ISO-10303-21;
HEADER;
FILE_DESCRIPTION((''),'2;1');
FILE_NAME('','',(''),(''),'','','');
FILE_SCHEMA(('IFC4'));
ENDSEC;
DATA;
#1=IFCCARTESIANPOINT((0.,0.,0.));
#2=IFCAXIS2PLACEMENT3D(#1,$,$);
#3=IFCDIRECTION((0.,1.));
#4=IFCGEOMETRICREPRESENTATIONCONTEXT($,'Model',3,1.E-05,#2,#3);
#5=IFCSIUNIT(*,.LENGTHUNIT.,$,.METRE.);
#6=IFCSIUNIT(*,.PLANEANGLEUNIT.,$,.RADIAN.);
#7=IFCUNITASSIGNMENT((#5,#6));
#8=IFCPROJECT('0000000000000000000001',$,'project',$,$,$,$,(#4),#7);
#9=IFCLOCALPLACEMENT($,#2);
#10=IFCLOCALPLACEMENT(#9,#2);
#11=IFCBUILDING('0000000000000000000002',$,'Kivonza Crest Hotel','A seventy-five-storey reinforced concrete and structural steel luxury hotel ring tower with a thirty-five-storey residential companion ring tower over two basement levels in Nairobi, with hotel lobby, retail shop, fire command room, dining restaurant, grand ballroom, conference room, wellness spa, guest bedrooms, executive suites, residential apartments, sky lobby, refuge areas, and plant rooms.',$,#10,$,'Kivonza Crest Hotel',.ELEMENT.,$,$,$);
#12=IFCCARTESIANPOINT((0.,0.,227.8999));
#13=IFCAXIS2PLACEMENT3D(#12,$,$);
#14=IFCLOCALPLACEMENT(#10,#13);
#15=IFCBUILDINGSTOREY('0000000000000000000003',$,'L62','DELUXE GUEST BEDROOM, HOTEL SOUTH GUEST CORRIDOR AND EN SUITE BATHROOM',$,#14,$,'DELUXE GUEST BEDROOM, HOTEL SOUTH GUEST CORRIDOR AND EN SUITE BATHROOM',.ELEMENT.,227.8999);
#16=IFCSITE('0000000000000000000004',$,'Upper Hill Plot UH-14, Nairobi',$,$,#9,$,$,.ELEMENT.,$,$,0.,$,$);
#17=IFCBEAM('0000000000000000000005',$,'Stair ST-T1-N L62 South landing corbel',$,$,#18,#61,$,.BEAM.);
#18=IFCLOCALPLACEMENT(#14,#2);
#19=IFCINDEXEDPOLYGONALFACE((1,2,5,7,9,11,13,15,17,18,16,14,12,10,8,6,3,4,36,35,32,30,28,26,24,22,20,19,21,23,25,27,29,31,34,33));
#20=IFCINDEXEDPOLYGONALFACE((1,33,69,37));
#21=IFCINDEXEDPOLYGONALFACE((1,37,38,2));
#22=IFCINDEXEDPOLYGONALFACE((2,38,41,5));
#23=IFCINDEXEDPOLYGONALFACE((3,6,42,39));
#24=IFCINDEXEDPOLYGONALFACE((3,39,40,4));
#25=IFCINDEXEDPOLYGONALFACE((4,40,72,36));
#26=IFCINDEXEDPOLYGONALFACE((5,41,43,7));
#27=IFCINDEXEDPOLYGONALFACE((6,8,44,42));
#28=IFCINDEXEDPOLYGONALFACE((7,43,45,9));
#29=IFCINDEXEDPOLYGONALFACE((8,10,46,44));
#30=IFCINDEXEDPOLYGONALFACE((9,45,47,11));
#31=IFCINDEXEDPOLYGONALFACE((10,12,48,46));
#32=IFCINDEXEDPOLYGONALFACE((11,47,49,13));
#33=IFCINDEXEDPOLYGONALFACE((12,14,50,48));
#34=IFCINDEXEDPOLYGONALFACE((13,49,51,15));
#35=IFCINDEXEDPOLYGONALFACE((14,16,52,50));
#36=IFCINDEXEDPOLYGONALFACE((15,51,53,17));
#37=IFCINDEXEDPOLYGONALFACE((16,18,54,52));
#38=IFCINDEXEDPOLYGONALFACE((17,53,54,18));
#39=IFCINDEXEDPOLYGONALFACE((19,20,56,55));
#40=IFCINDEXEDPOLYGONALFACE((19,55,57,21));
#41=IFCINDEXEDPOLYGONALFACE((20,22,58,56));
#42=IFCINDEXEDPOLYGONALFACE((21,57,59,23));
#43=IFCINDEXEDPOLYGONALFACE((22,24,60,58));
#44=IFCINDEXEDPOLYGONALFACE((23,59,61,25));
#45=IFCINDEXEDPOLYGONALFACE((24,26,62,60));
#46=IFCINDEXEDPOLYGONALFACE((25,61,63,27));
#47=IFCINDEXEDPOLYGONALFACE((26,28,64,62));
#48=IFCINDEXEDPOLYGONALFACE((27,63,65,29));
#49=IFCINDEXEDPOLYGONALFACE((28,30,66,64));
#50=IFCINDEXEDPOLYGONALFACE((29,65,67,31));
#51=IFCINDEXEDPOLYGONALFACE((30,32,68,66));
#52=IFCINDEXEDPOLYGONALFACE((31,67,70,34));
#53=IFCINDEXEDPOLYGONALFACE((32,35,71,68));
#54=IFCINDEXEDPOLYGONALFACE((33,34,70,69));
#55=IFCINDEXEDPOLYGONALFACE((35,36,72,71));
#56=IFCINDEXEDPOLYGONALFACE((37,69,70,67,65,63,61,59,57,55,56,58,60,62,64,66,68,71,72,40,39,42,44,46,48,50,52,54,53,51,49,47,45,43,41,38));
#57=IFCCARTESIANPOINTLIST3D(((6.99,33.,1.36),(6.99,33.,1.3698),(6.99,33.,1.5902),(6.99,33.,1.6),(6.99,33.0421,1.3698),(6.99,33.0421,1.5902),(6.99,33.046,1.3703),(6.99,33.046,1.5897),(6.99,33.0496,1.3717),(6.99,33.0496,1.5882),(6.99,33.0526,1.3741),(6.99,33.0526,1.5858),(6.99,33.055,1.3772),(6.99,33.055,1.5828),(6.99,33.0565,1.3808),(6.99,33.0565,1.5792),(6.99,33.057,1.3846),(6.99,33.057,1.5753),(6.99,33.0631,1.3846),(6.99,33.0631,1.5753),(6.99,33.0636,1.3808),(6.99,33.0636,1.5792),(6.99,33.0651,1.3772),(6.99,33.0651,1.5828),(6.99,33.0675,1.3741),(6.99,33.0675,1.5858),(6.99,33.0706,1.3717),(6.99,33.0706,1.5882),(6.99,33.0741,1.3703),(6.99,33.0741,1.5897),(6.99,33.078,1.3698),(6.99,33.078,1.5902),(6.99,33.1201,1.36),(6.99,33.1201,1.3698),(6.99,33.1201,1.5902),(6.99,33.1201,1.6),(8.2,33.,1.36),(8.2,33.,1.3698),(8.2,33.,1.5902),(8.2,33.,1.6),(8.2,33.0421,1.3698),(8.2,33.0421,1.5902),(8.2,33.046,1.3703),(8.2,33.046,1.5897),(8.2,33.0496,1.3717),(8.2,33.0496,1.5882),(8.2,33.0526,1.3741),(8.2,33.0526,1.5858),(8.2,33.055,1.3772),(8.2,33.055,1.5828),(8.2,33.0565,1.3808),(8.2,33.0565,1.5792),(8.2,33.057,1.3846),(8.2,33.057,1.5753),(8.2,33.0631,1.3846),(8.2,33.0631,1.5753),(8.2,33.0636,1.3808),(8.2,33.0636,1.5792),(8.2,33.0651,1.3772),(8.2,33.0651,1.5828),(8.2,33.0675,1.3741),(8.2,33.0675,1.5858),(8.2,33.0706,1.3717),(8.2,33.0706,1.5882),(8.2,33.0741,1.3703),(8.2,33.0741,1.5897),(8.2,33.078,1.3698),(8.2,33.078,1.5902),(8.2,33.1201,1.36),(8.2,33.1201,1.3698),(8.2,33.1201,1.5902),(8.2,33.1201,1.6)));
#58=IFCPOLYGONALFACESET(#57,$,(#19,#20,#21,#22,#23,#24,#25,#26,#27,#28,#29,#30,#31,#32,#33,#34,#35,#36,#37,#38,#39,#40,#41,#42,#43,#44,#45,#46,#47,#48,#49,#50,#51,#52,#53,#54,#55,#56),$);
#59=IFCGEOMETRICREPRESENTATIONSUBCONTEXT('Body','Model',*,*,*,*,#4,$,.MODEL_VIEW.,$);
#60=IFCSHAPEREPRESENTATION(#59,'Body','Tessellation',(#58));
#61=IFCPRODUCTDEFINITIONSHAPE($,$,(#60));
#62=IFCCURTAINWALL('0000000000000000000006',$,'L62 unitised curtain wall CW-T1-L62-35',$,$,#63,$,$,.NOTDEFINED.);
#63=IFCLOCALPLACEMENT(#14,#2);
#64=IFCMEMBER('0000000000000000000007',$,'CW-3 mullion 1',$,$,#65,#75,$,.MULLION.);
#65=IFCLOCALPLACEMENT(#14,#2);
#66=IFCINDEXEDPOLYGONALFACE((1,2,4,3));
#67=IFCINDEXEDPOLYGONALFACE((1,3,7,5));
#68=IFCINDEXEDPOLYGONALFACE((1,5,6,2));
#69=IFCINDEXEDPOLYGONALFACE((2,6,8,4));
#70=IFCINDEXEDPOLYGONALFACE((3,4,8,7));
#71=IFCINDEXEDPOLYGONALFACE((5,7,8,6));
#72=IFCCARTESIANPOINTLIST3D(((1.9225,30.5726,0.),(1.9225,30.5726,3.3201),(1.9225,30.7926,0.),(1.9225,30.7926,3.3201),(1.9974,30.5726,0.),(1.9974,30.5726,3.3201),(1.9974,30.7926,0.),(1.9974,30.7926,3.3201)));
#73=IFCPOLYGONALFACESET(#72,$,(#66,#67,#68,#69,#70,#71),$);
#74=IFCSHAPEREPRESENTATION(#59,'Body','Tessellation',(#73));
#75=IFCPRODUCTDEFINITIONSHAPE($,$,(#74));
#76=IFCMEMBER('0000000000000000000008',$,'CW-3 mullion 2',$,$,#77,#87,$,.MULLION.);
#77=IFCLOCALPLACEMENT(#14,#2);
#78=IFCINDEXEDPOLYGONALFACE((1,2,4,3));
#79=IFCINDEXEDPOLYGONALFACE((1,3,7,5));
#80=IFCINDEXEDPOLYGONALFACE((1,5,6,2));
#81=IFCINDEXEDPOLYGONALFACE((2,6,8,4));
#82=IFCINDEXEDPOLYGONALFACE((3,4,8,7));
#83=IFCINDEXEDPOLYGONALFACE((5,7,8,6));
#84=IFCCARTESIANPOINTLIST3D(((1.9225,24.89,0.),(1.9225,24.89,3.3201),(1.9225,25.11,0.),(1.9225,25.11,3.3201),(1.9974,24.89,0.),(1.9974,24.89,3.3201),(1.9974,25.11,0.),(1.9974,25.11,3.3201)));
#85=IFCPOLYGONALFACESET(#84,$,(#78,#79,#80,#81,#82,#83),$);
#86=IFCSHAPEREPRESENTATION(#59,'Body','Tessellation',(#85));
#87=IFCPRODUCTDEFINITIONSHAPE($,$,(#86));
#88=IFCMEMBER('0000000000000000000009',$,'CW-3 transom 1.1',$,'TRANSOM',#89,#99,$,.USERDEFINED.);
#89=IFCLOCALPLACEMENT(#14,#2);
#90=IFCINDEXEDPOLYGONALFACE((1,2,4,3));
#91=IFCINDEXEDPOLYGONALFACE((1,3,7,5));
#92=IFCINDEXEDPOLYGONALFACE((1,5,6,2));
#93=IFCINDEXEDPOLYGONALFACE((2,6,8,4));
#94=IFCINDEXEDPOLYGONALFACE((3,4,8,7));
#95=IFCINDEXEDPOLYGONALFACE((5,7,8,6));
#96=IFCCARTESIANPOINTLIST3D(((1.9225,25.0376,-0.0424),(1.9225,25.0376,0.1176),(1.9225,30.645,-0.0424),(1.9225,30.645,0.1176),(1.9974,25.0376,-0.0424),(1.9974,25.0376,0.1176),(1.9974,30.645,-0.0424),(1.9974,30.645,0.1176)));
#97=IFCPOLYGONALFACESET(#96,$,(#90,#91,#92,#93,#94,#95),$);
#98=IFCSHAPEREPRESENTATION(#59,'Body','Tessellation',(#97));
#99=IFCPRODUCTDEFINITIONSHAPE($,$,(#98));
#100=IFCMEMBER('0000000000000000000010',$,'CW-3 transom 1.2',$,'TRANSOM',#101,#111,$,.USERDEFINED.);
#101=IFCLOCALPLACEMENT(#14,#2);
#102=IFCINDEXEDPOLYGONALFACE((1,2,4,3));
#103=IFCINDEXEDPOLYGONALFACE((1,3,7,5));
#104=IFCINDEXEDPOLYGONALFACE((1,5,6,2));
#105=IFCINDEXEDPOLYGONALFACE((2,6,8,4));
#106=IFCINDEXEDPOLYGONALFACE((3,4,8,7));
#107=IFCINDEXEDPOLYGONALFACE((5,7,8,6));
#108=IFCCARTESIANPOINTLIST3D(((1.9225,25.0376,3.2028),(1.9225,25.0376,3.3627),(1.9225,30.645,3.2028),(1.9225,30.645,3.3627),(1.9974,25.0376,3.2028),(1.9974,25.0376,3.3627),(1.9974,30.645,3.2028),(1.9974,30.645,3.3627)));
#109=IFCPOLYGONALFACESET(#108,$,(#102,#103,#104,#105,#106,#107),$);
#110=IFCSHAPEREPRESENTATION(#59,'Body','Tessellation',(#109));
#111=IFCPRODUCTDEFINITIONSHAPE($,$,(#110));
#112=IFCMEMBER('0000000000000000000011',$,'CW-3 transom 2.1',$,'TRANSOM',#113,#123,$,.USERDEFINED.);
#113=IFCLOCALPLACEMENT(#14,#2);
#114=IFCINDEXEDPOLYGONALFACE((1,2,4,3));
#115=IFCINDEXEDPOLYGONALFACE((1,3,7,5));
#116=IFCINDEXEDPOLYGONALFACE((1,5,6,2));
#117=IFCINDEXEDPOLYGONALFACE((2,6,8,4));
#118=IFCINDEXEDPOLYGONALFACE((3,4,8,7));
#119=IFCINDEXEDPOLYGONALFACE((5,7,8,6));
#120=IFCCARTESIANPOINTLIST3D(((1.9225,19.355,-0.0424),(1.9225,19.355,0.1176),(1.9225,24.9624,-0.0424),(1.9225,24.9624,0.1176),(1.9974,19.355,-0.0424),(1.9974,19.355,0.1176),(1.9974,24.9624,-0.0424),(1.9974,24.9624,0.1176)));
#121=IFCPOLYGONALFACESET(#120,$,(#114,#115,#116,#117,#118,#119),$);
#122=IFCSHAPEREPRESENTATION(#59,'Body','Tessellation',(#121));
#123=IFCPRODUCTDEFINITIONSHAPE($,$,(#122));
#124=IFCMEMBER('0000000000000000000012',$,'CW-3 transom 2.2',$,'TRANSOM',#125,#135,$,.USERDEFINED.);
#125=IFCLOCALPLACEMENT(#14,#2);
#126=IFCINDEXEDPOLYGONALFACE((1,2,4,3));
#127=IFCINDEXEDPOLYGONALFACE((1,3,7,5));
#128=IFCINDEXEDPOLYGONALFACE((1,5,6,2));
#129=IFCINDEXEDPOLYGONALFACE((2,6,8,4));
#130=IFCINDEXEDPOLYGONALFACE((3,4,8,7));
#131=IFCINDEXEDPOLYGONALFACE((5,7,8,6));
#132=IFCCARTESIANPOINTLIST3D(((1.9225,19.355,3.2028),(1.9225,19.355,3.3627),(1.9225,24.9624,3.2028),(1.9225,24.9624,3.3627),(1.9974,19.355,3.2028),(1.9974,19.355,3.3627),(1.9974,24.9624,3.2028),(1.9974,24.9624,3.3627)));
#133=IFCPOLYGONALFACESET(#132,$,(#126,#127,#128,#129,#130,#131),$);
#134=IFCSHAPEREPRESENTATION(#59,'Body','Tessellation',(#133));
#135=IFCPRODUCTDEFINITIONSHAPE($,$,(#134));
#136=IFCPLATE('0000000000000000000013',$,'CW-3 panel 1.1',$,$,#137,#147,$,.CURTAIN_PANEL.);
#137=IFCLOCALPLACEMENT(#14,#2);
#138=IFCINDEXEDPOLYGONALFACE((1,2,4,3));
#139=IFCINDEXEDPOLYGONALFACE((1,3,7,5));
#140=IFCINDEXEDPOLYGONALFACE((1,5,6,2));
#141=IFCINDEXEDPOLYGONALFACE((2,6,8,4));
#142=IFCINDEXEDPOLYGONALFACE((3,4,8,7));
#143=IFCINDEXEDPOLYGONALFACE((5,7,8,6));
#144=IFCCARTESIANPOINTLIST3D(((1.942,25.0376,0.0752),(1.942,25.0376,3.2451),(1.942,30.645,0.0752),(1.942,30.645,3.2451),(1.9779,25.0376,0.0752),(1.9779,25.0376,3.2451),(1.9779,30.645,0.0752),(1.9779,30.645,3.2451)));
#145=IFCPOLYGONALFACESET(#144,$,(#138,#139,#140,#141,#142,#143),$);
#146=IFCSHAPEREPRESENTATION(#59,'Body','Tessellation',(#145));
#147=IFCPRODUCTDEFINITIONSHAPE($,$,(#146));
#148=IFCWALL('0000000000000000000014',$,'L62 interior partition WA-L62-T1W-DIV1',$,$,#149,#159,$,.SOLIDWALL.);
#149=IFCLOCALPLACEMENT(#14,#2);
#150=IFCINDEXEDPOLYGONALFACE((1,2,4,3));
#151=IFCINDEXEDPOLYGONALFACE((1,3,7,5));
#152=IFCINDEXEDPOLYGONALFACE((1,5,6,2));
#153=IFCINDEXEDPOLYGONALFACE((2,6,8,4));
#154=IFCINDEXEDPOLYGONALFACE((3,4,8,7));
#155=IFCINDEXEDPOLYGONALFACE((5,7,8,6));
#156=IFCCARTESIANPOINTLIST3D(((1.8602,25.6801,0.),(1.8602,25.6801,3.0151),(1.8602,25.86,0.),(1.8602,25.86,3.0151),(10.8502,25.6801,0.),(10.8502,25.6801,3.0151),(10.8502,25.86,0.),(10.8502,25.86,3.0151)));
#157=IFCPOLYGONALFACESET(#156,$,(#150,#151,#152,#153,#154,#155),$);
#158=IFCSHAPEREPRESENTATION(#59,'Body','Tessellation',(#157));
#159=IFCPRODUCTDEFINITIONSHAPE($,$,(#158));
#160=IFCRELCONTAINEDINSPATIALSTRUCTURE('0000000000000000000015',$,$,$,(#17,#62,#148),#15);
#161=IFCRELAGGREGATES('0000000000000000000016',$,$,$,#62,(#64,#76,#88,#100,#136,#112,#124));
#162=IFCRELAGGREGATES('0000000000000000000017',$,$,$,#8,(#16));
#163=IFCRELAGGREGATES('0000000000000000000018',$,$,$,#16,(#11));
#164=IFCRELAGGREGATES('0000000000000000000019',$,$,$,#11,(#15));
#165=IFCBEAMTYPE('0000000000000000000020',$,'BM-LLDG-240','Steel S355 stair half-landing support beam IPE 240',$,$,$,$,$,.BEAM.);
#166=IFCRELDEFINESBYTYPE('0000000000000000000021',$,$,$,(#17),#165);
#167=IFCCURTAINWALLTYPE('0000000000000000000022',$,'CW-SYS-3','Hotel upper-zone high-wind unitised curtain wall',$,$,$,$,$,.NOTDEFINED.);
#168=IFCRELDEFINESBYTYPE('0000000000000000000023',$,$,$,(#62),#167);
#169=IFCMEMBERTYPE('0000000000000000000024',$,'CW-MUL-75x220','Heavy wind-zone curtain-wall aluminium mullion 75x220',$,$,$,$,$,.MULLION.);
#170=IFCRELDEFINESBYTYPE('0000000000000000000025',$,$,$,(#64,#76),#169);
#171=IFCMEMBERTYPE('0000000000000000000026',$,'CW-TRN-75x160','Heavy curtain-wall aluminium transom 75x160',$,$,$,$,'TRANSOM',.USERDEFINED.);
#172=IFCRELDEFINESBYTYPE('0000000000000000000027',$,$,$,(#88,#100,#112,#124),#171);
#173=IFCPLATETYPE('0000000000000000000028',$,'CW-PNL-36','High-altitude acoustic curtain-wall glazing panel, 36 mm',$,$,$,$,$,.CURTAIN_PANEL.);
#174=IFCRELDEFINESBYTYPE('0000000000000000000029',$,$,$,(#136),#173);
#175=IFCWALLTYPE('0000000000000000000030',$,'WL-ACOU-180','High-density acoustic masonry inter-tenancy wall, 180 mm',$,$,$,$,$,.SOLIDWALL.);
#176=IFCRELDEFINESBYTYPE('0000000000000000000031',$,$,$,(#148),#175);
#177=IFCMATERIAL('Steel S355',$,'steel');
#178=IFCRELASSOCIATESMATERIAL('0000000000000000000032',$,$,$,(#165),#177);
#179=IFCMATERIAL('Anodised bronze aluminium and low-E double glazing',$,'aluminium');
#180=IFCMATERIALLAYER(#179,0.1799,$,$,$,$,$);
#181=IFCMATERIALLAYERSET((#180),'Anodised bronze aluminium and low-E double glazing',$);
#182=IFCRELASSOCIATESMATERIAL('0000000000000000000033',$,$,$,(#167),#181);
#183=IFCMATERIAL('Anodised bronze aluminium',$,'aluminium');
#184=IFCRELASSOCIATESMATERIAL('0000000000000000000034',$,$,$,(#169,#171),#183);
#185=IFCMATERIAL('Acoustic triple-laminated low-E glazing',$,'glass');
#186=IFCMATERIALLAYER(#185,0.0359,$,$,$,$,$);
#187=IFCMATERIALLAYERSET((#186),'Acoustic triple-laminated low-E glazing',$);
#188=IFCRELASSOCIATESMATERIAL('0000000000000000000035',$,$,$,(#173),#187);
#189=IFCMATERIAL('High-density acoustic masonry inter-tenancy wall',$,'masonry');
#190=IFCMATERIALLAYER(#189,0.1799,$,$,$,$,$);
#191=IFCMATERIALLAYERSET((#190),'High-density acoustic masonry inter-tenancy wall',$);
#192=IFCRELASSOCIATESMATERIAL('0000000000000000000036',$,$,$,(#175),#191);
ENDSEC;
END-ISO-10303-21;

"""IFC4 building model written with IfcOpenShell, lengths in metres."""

from ifc_helpers import new_model, si_unit, direction, frame, frame_2d, origin, origin_2d, place, context, subcontext, project, spatial, rectangle, i_section, extrude, material, layer, layer_set, material_profile, profile_set, type_object, element, aggregate, save


model = new_model("IFC4")

# Units and contexts
model_context = context("Model", 3, precision=1e-05, world=origin(), true_north=direction((0.0, 1.0)))
body_context = subcontext(model_context, "Body", "Model", "MODEL_VIEW")
ifc_project = project(units=[si_unit("LENGTHUNIT", "METRE"), si_unit("PLANEANGLEUNIT", "RADIAN")], contexts=[model_context])

# Site, building, storey
site_placement = place(None, origin())
site = spatial("IfcSite", under=ifc_project, at=site_placement, Name="Upper Hill Plot UH-14, Nairobi", CompositionType="ELEMENT", RefElevation=0.0)
building_placement = place(site_placement, origin())
building = spatial("IfcBuilding", under=site, at=building_placement, Name="Kivonza Crest Hotel", Description="A seventy-five-storey reinforced concrete and structural steel luxury hotel ring tower with a thirty-five-storey residential companion ring tower over two basement levels in Nairobi, with hotel lobby, retail shop, fire command room, dining restaurant, grand ballroom, conference room, wellness spa, guest bedrooms, executive suites, residential apartments, sky lobby, refuge areas, and plant rooms.", LongName="Kivonza Crest Hotel", CompositionType="ELEMENT")
storey_placement = place(building_placement, frame((0.0, 0.0, 227.8999)))
storey = spatial("IfcBuildingStorey", under=building, at=storey_placement, Name="L62", Description="DELUXE GUEST BEDROOM, HOTEL SOUTH GUEST CORRIDOR AND EN SUITE BATHROOM", LongName="DELUXE GUEST BEDROOM, HOTEL SOUTH GUEST CORRIDOR AND EN SUITE BATHROOM", CompositionType="ELEMENT", Elevation=227.8999)

# Beam
ifc_material_1 = material(Name="Steel S355", Category="steel")
ifc_material_profile_1 = material_profile(ifc_material_1, i_section(OverallWidth=0.1201, OverallDepth=0.24, WebThickness=0.0061, FlangeThickness=0.0098, FilletRadius=0.0149, at=origin_2d()), Name="IPE 240")
ifc_profile_set_1 = profile_set([ifc_material_profile_1], Name="Steel S355")
beam_type_1 = type_object("IfcBeamType", Name="BM-LLDG-240", Description="Steel S355 stair half-landing support beam IPE 240", PredefinedType="BEAM", material=ifc_profile_set_1)
beam_1_placement = place(storey_placement, frame((6.99, 33.0601, 1.48), z_axis=(1.0, 0.0, 0.0), x_axis=(0.0, 1.0, 0.0)))
element("IfcBeam", 1, at=beam_1_placement, inside=storey, type_object=beam_type_1, Name="Stair ST-T1-N L62 South landing corbel", PredefinedType="BEAM", context=body_context, shape_type="SweptSolid", body=[
    extrude(i_section(OverallWidth=0.1201, OverallDepth=0.24, WebThickness=0.0061, FlangeThickness=0.0098, FilletRadius=0.0149, at=origin_2d()), origin(), (0.0, 0.0, 1.0), 1.21),
])

# Curtain wall, members, plate
ifc_material_2 = material(Name="Anodised bronze aluminium and low-E double glazing", Category="aluminium")
ifc_layer_1 = layer(ifc_material_2, 0.1799)
ifc_layer_set_1 = layer_set([ifc_layer_1], Name="Anodised bronze aluminium and low-E double glazing")
curtain_wall_type = type_object("IfcCurtainWallType", Name="CW-SYS-3", Description="Hotel upper-zone high-wind unitised curtain wall", PredefinedType="NOTDEFINED", material=ifc_layer_set_1)
curtain_wall_placement = place(storey_placement, origin())
curtain_wall = element("IfcCurtainWall", 2, at=curtain_wall_placement, inside=storey, type_object=curtain_wall_type, Name="L62 unitised curtain wall CW-T1-L62-35", PredefinedType="NOTDEFINED")
ifc_material_3 = material(Name="Anodised bronze aluminium", Category="aluminium")
ifc_material_profile_2 = material_profile(ifc_material_3, rectangle(XDim=0.075, YDim=0.22, at=origin_2d()), Name="CW-M 75x220")
ifc_profile_set_2 = profile_set([ifc_material_profile_2], Name="Anodised bronze aluminium")
member_type_1 = type_object("IfcMemberType", Name="CW-MUL-75x220", Description="Heavy wind-zone curtain-wall aluminium mullion 75x220", PredefinedType="MULLION", material=ifc_profile_set_2)
member_1_placement = place(storey_placement, frame((1.96, 30.6826, 0.0), z_axis=(0.0, 0.0, 1.0), x_axis=(1.0, 0.0, 0.0)))
member_1 = element("IfcMember", 3, at=member_1_placement, type_object=member_type_1, Name="CW-3 mullion 1", PredefinedType="MULLION", context=body_context, shape_type="SweptSolid", body=[
    extrude(rectangle(XDim=0.075, YDim=0.22, at=origin_2d()), origin(), (0.0, 0.0, 1.0), 3.3201),
])
member_2_placement = place(storey_placement, frame((1.96, 25.0, 0.0), z_axis=(0.0, 0.0, 1.0), x_axis=(1.0, 0.0, 0.0)))
member_2 = element("IfcMember", 4, at=member_2_placement, type_object=member_type_1, Name="CW-3 mullion 2", PredefinedType="MULLION", context=body_context, shape_type="SweptSolid", body=[
    extrude(rectangle(XDim=0.075, YDim=0.22, at=origin_2d()), origin(), (0.0, 0.0, 1.0), 3.3201),
])
ifc_material_profile_3 = material_profile(ifc_material_3, rectangle(XDim=0.075, YDim=0.1599, at=origin_2d()), Name="CW-T 75x160")
ifc_profile_set_3 = profile_set([ifc_material_profile_3], Name="Anodised bronze aluminium")
member_type_2 = type_object("IfcMemberType", Name="CW-TRN-75x160", Description="Heavy curtain-wall aluminium transom 75x160", ElementType="TRANSOM", PredefinedType="USERDEFINED", material=ifc_profile_set_3)
member_3_placement = place(storey_placement, frame((1.96, 30.645, 0.0376), z_axis=(0.0, -1.0, 0.0), x_axis=(1.0, 0.0, 0.0)))
member_3 = element("IfcMember", 5, at=member_3_placement, type_object=member_type_2, Name="CW-3 transom 1.1", ObjectType="TRANSOM", PredefinedType="USERDEFINED", context=body_context, shape_type="SweptSolid", body=[
    extrude(rectangle(XDim=0.075, YDim=0.1599, at=origin_2d()), origin(), (0.0, 0.0, 1.0), 5.6074),
])
member_4_placement = place(storey_placement, frame((1.96, 30.645, 3.2827), z_axis=(0.0, -1.0, 0.0), x_axis=(1.0, 0.0, 0.0)))
member_4 = element("IfcMember", 6, at=member_4_placement, type_object=member_type_2, Name="CW-3 transom 1.2", ObjectType="TRANSOM", PredefinedType="USERDEFINED", context=body_context, shape_type="SweptSolid", body=[
    extrude(rectangle(XDim=0.075, YDim=0.1599, at=origin_2d()), origin(), (0.0, 0.0, 1.0), 5.6074),
])
member_5_placement = place(storey_placement, frame((1.96, 24.9624, 0.0376), z_axis=(0.0, -1.0, 0.0), x_axis=(1.0, 0.0, 0.0)))
member_5 = element("IfcMember", 7, at=member_5_placement, type_object=member_type_2, Name="CW-3 transom 2.1", ObjectType="TRANSOM", PredefinedType="USERDEFINED", context=body_context, shape_type="SweptSolid", body=[
    extrude(rectangle(XDim=0.075, YDim=0.1599, at=origin_2d()), origin(), (0.0, 0.0, 1.0), 5.6074),
])
member_6_placement = place(storey_placement, frame((1.96, 24.9624, 3.2827), z_axis=(0.0, -1.0, 0.0), x_axis=(1.0, 0.0, 0.0)))
member_6 = element("IfcMember", 8, at=member_6_placement, type_object=member_type_2, Name="CW-3 transom 2.2", ObjectType="TRANSOM", PredefinedType="USERDEFINED", context=body_context, shape_type="SweptSolid", body=[
    extrude(rectangle(XDim=0.075, YDim=0.1599, at=origin_2d()), origin(), (0.0, 0.0, 1.0), 5.6074),
])
ifc_material_4 = material(Name="Acoustic triple-laminated low-E glazing", Category="glass")
ifc_layer_2 = layer(ifc_material_4, 0.0359)
ifc_layer_set_2 = layer_set([ifc_layer_2], Name="Acoustic triple-laminated low-E glazing")
plate_type = type_object("IfcPlateType", Name="CW-PNL-36", Description="High-altitude acoustic curtain-wall glazing panel, 36 mm", PredefinedType="CURTAIN_PANEL", material=ifc_layer_set_2)
plate_placement = place(storey_placement, frame((1.96, 27.8413, 0.0752), z_axis=(0.0, 0.0, 1.0), x_axis=(0.0, -1.0, 0.0)))
plate = element("IfcPlate", 9, at=plate_placement, type_object=plate_type, Name="CW-3 panel 1.1", PredefinedType="CURTAIN_PANEL", context=body_context, shape_type="SweptSolid", body=[
    extrude(rectangle(XDim=5.6074, YDim=0.0359, at=origin_2d()), origin(), (0.0, 0.0, 1.0), 3.1699),
])
aggregate(curtain_wall, [member_1, member_2, member_3, member_4, plate, member_5, member_6])

# Wall
ifc_material_5 = material(Name="High-density acoustic masonry inter-tenancy wall", Category="masonry")
ifc_layer_3 = layer(ifc_material_5, 0.1799)
ifc_layer_set_3 = layer_set([ifc_layer_3], Name="High-density acoustic masonry inter-tenancy wall")
wall_type_1 = type_object("IfcWallType", Name="WL-ACOU-180", Description="High-density acoustic masonry inter-tenancy wall, 180 mm", PredefinedType="SOLIDWALL", material=ifc_layer_set_3)
wall_1_placement = place(storey_placement, frame((1.8601, 25.77, 0.0), z_axis=(0.0, 0.0, 1.0), x_axis=(1.0, 0.0, 0.0)))
element("IfcWall", 10, at=wall_1_placement, inside=storey, type_object=wall_type_1, Name="L62 interior partition WA-L62-T1W-DIV1", PredefinedType="SOLIDWALL", context=body_context, shape_type="SweptSolid", body=[
    extrude(rectangle(XDim=8.99, YDim=0.1799, at=frame_2d((4.4951, 0.0))), origin(), (0.0, 0.0, 1.0), 3.0151),
])

save(model, "model.ifc")
